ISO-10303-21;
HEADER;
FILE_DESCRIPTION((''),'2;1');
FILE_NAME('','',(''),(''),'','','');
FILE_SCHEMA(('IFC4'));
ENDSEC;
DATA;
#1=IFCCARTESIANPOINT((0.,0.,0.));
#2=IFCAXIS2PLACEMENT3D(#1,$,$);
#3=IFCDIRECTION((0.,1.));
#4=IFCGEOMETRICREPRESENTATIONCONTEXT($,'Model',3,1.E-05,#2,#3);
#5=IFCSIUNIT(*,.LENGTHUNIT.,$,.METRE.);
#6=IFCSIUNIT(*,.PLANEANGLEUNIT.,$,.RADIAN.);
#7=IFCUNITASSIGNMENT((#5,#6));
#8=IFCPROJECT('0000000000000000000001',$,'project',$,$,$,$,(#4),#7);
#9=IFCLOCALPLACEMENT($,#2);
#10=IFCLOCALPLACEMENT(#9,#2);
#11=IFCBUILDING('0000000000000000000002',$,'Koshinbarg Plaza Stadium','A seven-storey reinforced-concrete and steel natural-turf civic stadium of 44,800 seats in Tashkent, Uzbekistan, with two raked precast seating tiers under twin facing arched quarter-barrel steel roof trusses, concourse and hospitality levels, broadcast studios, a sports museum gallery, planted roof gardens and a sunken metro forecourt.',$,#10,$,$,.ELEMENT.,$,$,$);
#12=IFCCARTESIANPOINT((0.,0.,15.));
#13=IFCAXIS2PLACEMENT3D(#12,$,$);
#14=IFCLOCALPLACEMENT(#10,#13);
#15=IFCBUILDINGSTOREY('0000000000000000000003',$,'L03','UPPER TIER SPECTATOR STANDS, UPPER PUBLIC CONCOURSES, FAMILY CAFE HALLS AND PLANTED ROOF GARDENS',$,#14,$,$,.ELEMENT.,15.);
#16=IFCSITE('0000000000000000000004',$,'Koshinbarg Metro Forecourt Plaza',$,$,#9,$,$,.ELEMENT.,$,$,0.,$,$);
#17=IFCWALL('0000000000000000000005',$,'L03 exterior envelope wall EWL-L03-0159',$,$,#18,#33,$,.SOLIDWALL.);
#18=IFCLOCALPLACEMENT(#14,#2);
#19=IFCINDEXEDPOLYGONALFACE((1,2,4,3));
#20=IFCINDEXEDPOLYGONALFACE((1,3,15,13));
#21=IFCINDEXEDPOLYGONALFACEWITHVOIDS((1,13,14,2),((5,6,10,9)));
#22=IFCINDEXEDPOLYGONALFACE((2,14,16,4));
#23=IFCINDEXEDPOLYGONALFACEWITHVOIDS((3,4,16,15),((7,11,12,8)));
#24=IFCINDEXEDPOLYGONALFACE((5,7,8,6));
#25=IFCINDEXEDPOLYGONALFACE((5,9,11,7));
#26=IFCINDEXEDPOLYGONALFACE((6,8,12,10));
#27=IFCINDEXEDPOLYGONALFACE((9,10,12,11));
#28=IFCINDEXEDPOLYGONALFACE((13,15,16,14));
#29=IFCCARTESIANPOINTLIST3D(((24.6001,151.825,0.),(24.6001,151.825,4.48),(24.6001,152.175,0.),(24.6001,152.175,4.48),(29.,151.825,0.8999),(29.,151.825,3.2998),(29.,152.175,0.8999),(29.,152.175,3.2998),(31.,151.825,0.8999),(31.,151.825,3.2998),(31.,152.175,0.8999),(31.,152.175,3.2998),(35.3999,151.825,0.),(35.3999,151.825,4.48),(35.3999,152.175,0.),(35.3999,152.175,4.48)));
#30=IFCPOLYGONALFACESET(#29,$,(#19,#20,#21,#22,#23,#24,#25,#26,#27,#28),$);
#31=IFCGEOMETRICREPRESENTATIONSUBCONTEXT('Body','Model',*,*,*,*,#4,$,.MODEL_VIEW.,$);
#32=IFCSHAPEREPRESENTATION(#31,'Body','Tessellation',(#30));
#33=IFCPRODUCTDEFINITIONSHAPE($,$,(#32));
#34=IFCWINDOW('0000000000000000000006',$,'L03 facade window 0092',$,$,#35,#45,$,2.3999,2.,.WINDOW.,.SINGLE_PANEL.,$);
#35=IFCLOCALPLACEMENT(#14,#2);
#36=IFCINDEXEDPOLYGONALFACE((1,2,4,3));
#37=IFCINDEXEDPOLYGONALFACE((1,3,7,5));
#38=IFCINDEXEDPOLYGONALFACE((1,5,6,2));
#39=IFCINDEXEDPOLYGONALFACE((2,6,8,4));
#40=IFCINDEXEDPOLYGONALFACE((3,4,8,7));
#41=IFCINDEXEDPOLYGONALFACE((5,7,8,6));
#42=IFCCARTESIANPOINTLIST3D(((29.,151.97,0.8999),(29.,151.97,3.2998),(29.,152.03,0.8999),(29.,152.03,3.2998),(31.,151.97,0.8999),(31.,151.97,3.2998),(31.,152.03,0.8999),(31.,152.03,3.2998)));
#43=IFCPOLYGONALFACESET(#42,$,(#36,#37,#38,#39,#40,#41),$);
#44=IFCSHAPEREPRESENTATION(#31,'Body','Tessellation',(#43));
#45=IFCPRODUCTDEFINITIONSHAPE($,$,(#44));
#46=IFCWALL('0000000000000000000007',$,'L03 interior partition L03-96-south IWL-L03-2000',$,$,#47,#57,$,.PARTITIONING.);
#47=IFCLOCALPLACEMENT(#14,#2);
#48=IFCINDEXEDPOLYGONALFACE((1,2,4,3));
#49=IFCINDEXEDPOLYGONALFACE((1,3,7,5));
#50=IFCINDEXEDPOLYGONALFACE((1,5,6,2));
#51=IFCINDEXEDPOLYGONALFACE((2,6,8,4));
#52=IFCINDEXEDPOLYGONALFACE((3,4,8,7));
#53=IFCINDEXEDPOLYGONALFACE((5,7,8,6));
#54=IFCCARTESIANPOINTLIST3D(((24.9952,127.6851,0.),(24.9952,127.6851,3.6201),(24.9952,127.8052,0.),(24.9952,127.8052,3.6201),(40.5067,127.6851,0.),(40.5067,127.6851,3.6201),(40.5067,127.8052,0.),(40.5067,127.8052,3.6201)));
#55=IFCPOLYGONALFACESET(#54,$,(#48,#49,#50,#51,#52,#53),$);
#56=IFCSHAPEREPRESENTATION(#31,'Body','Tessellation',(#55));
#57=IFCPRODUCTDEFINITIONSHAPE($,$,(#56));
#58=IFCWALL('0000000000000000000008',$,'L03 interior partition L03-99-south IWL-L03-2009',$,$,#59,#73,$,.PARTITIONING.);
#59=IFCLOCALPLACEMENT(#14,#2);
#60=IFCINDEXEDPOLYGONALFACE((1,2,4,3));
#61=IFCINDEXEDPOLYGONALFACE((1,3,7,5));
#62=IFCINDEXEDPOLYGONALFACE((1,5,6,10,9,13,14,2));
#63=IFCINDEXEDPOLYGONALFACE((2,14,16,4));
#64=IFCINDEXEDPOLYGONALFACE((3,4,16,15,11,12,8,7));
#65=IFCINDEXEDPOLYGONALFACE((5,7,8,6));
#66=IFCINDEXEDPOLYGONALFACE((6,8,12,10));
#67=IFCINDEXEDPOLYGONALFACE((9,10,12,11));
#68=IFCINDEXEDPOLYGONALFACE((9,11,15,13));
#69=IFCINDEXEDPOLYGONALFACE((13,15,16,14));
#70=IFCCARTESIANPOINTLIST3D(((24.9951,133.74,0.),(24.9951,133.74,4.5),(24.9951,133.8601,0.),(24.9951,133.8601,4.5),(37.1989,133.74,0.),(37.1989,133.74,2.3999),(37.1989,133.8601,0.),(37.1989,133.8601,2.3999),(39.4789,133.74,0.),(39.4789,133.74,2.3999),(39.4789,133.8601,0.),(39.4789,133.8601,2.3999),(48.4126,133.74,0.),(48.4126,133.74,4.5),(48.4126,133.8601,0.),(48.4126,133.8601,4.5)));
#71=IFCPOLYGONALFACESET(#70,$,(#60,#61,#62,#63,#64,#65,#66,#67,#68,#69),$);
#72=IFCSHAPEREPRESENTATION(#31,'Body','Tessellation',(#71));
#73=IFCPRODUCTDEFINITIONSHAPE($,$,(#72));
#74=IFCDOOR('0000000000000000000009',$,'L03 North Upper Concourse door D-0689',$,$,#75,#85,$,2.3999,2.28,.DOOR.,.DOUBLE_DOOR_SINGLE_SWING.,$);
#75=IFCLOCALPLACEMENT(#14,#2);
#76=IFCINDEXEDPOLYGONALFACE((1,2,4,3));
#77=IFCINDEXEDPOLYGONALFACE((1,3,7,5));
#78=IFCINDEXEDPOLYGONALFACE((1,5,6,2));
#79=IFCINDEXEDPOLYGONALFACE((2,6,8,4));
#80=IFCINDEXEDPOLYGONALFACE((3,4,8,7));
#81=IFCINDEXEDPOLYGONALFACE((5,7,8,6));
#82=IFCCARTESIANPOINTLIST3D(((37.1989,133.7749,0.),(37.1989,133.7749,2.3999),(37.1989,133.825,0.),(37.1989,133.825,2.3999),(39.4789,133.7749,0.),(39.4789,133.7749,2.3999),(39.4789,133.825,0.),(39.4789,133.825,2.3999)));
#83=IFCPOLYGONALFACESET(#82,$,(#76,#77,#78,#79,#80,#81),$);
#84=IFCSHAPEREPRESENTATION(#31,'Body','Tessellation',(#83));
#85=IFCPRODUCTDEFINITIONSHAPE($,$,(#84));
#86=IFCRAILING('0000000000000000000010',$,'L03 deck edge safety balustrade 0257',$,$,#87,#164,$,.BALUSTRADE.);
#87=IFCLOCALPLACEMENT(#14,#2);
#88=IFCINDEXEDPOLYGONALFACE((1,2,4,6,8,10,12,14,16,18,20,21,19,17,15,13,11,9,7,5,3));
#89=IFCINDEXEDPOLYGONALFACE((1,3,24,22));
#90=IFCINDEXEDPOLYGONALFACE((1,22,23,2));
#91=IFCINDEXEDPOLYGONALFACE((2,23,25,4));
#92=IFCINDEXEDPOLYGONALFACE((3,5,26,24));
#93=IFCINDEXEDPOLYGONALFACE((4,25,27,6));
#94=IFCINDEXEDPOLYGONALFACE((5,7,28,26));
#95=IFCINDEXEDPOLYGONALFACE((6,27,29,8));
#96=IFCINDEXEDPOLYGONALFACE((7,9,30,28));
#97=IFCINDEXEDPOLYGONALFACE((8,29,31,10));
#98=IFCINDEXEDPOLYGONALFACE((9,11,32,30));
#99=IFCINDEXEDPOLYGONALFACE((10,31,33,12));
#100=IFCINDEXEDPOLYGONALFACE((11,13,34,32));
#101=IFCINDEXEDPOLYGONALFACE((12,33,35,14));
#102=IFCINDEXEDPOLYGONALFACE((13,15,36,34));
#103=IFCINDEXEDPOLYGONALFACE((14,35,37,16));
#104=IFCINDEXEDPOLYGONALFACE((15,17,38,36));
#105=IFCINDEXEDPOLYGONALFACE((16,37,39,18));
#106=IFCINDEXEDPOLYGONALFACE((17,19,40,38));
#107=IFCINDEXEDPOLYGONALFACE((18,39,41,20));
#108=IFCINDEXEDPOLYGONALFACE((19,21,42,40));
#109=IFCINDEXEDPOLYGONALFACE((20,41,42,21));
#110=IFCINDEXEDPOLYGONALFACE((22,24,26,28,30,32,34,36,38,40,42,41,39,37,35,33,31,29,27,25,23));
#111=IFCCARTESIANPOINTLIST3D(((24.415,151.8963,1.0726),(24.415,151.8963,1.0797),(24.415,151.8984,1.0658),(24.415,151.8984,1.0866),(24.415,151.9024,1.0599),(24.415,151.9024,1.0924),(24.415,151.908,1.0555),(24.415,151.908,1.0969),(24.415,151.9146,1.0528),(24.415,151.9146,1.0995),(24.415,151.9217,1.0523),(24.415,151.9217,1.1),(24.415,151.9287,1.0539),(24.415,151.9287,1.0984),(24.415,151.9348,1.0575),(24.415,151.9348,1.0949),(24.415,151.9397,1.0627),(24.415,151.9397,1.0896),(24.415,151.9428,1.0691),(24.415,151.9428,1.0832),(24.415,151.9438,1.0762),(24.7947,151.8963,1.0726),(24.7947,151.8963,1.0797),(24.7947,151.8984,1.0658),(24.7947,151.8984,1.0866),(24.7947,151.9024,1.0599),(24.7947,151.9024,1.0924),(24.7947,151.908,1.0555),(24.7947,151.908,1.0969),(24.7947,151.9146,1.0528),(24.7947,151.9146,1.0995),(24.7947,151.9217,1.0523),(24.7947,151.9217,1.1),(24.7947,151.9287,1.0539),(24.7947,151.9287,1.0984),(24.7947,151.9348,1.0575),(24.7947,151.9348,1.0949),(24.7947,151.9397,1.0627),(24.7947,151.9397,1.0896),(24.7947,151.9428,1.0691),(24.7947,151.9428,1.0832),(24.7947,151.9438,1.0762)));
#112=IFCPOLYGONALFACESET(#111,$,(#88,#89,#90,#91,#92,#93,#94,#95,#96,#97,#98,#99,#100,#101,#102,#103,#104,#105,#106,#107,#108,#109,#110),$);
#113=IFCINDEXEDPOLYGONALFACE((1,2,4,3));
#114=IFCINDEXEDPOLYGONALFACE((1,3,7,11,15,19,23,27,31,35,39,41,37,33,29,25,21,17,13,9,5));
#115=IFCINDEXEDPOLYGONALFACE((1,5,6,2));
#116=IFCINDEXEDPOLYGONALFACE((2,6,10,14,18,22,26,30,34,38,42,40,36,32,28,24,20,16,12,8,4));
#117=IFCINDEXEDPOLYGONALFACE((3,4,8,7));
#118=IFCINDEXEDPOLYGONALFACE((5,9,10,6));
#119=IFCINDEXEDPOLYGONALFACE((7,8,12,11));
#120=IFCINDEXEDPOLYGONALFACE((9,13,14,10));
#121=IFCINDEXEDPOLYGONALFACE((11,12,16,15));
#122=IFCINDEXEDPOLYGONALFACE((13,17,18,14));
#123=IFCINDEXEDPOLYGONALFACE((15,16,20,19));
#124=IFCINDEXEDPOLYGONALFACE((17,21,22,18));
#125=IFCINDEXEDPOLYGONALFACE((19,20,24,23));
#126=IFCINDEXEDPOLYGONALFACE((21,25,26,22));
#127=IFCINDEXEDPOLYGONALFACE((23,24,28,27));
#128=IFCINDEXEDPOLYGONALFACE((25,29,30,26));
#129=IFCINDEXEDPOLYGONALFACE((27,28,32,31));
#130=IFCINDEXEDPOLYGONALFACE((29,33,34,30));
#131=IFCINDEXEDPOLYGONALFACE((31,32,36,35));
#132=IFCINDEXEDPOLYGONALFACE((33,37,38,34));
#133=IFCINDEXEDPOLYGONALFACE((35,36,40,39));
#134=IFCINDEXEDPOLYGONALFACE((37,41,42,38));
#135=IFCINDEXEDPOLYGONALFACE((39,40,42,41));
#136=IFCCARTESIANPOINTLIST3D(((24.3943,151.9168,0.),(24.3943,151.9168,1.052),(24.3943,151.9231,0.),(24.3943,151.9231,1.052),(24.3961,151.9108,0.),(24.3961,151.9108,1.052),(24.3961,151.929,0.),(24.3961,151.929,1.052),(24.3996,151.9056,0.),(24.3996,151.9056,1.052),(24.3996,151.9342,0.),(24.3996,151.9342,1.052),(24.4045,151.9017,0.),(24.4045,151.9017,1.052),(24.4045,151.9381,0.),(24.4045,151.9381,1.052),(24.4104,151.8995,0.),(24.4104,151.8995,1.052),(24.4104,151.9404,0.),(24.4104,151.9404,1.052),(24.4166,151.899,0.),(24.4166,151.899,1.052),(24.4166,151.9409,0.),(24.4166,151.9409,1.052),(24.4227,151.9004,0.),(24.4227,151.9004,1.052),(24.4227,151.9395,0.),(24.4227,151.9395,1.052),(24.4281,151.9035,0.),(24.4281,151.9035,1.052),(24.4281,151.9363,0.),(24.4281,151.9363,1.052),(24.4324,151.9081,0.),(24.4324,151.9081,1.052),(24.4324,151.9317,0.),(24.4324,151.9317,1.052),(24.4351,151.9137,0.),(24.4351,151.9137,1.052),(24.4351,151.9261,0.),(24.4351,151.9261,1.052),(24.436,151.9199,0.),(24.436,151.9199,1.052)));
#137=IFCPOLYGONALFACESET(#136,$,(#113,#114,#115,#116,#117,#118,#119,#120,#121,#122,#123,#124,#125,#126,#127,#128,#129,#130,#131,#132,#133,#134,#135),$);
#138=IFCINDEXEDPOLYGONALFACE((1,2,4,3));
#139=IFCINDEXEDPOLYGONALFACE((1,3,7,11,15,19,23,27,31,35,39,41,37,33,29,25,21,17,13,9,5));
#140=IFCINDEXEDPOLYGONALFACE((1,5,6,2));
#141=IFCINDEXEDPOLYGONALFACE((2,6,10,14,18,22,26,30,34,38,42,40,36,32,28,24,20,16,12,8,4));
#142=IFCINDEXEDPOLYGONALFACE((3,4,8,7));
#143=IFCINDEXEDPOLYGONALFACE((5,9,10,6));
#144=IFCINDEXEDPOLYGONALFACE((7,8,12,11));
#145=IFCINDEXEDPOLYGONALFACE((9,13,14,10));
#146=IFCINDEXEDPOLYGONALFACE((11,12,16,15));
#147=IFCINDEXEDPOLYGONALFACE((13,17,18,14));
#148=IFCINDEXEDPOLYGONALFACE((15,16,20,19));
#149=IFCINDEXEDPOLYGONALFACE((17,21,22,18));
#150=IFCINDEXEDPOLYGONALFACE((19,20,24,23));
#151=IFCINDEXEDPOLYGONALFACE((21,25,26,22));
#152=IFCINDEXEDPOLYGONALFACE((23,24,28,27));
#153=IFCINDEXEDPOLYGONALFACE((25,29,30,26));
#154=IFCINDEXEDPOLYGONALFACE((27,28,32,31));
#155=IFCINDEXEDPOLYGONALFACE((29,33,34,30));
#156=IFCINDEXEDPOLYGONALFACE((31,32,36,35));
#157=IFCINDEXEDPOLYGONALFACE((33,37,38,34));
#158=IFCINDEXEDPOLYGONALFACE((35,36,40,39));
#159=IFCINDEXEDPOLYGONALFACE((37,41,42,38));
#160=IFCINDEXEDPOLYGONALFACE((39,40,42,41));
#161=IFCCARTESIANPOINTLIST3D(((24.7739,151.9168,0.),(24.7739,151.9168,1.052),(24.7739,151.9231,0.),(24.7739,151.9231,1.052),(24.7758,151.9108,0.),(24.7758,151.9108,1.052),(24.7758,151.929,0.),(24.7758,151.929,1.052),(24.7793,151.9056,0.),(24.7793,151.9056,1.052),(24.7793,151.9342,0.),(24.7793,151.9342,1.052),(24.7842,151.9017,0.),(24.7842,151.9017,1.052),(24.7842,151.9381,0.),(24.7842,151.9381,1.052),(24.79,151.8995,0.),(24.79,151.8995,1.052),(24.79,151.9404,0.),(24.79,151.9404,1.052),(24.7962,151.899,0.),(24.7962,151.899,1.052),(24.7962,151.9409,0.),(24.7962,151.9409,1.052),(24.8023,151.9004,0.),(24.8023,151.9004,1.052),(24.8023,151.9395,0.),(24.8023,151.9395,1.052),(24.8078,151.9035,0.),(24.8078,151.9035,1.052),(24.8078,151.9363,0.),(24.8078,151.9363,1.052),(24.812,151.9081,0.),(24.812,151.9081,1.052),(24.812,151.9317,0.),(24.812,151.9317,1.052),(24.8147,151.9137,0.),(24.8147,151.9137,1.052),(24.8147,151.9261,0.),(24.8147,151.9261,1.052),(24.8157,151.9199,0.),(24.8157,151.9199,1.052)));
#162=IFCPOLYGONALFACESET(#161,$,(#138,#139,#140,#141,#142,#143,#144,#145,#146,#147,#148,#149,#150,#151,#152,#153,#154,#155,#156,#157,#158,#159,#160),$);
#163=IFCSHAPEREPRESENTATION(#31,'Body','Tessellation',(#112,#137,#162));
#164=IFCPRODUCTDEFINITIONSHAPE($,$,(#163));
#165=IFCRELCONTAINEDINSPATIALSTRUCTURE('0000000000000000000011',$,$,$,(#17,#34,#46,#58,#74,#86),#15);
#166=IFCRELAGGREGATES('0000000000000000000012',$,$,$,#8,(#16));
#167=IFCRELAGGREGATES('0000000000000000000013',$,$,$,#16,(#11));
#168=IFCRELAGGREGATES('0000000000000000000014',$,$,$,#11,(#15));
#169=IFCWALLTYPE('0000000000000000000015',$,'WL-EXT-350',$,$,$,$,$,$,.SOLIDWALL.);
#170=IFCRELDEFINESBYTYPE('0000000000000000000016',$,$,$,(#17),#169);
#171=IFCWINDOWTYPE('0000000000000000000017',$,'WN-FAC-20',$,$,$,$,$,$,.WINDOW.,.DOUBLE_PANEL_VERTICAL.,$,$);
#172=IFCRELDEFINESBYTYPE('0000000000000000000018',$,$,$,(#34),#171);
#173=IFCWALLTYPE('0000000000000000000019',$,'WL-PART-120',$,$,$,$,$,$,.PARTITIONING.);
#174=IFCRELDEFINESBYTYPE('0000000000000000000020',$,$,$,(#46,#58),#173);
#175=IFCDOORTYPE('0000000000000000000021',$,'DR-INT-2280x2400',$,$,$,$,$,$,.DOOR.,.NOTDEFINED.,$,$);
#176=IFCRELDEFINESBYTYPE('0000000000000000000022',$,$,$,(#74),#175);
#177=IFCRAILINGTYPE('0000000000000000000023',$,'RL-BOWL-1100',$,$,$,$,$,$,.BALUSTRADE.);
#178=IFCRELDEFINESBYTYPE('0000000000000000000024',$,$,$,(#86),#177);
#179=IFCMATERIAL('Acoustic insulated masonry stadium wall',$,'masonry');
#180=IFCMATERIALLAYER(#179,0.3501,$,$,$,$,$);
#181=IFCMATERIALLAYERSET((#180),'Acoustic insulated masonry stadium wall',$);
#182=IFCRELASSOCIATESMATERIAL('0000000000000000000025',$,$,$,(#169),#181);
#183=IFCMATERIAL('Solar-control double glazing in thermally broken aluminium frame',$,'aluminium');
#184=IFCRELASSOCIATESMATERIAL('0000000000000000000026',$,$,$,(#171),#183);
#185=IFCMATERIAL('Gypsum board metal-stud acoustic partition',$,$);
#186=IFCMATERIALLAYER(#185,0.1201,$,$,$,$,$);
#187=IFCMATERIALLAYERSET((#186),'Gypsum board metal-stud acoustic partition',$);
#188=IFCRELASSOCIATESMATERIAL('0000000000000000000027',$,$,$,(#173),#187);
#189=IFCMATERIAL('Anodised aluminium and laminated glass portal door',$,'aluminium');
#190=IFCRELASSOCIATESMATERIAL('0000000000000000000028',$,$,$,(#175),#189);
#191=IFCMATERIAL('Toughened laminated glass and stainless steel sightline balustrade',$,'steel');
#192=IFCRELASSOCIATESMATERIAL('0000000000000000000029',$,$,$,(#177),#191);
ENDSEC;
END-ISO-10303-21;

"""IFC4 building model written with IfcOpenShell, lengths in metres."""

from ifc_helpers import new_model, si_unit, direction, frame, frame_2d, origin, origin_2d, place, context, subcontext, project, spatial, rectangle, circle, extrude, material, layer, layer_set, type_object, element, fill, save


model = new_model("IFC4")

# Units and contexts
model_context = context("Model", 3, precision=1e-05, world=origin(), true_north=direction((0.0, 1.0)))
body_context = subcontext(model_context, "Body", "Model", "MODEL_VIEW")
ifc_project = project(units=[si_unit("LENGTHUNIT", "METRE"), si_unit("PLANEANGLEUNIT", "RADIAN")], contexts=[model_context])

# Site, building, storey
site_placement = place(None, origin())
site = spatial("IfcSite", under=ifc_project, at=site_placement, Name="Koshinbarg Metro Forecourt Plaza", CompositionType="ELEMENT", RefElevation=0.0)
building_placement = place(site_placement, origin())
building = spatial("IfcBuilding", under=site, at=building_placement, Name="Koshinbarg Plaza Stadium", Description="A seven-storey reinforced-concrete and steel natural-turf civic stadium of 44,800 seats in Tashkent, Uzbekistan, with two raked precast seating tiers under twin facing arched quarter-barrel steel roof trusses, concourse and hospitality levels, broadcast studios, a sports museum gallery, planted roof gardens and a sunken metro forecourt.", CompositionType="ELEMENT")
storey_placement = place(building_placement, frame((0.0, 0.0, 15.0)))
storey = spatial("IfcBuildingStorey", under=building, at=storey_placement, Name="L03", Description="UPPER TIER SPECTATOR STANDS, UPPER PUBLIC CONCOURSES, FAMILY CAFE HALLS AND PLANTED ROOF GARDENS", CompositionType="ELEMENT", Elevation=15.0)

# Wall, opening, window
ifc_material_1 = material(Name="Solar-control double glazing in thermally broken aluminium frame", Category="aluminium")
ifc_material_2 = material(Name="Acoustic insulated masonry stadium wall", Category="masonry")
ifc_layer_1 = layer(ifc_material_2, 0.3501)
ifc_layer_set_1 = layer_set([ifc_layer_1], Name="Acoustic insulated masonry stadium wall")
wall_type_1 = type_object("IfcWallType", Name="WL-EXT-350", PredefinedType="SOLIDWALL", material=ifc_layer_set_1)
wall_1_placement = place(storey_placement, frame((24.6001, 152.0, 0.0), z_axis=(0.0, 0.0, 1.0), x_axis=(1.0, 0.0, 0.0)))
wall_1 = element("IfcWall", 1, at=wall_1_placement, inside=storey, type_object=wall_type_1, Name="L03 exterior envelope wall EWL-L03-0159", PredefinedType="SOLIDWALL", context=body_context, shape_type="SweptSolid", body=[
    extrude(rectangle(XDim=10.7998, YDim=0.3501, at=frame_2d((5.3999, 0.0))), origin(), (0.0, 0.0, 1.0), 4.48),
])
opening_1_placement = place(wall_1_placement, frame((4.3999, 0.0, 0.8999)))
opening_1 = element("IfcOpeningElement", 2, at=opening_1_placement, cuts=wall_1, PredefinedType="OPENING", context=body_context, shape_type="SweptSolid", body=[
    extrude(rectangle(XDim=2.0, YDim=2.3999, at=frame_2d((1.0, 1.2))), frame((0.0, 0.1851, 0.0), z_axis=(0.0, -1.0, 0.0), x_axis=(1.0, 0.0, 0.0)), (0.0, 0.0, 1.0), 0.3701),
])
window_type_1 = type_object("IfcWindowType", Name="WN-FAC-20", PartitioningType="DOUBLE_PANEL_VERTICAL", PredefinedType="WINDOW", material=ifc_material_1)
window_1_placement = place(opening_1_placement, origin())
window_1 = element("IfcWindow", 3, at=window_1_placement, inside=storey, type_object=window_type_1, Name="L03 facade window 0092", OverallHeight=2.3999, OverallWidth=2.0, PartitioningType="SINGLE_PANEL", PredefinedType="WINDOW", context=body_context, shape_type="SweptSolid", body=[
    extrude(rectangle(XDim=2.0, YDim=2.3999, at=frame_2d((1.0, 1.2))), frame((0.0, 0.03, 0.0), z_axis=(0.0, -1.0, 0.0), x_axis=(1.0, 0.0, 0.0)), (0.0, 0.0, 1.0), 0.0601),
])
fill(opening_1, window_1)

# Wall
ifc_material_3 = material(Name="Gypsum board metal-stud acoustic partition")
ifc_layer_2 = layer(ifc_material_3, 0.1201)
ifc_layer_set_2 = layer_set([ifc_layer_2], Name="Gypsum board metal-stud acoustic partition")
wall_type_2 = type_object("IfcWallType", Name="WL-PART-120", PredefinedType="PARTITIONING", material=ifc_layer_set_2)
wall_2_placement = place(storey_placement, frame((24.9951, 127.7451, 0.0), z_axis=(0.0, 0.0, 1.0), x_axis=(1.0, 0.0, 0.0)))
element("IfcWall", 4, at=wall_2_placement, inside=storey, type_object=wall_type_2, Name="L03 interior partition L03-96-south IWL-L03-2000", PredefinedType="PARTITIONING", context=body_context, shape_type="SweptSolid", body=[
    extrude(rectangle(XDim=15.5115, YDim=0.1201, at=frame_2d((7.7559, 0.0))), origin(), (0.0, 0.0, 1.0), 3.6201),
])

# Wall, opening, door
wall_3_placement = place(storey_placement, frame((24.9951, 133.8, 0.0), z_axis=(0.0, 0.0, 1.0), x_axis=(1.0, 0.0, 0.0)))
wall_3 = element("IfcWall", 5, at=wall_3_placement, inside=storey, type_object=wall_type_2, Name="L03 interior partition L03-99-south IWL-L03-2009", PredefinedType="PARTITIONING", context=body_context, shape_type="SweptSolid", body=[
    extrude(rectangle(XDim=23.4175, YDim=0.1201, at=frame_2d((11.7087, 0.0))), origin(), (0.0, 0.0, 1.0), 4.5),
])
opening_2_placement = place(wall_3_placement, frame((12.2036, 0.0, 0.0)))
opening_2 = element("IfcOpeningElement", 6, at=opening_2_placement, cuts=wall_3, PredefinedType="OPENING", context=body_context, shape_type="SweptSolid", body=[
    extrude(rectangle(XDim=2.28, YDim=2.3999, at=frame_2d((1.1401, 1.2))), frame((0.0, 0.0701, 0.0), z_axis=(0.0, -1.0, 0.0), x_axis=(1.0, 0.0, 0.0)), (0.0, 0.0, 1.0), 0.1401),
])
ifc_material_4 = material(Name="Anodised aluminium and laminated glass portal door", Category="aluminium")
door_type = type_object("IfcDoorType", Name="DR-INT-2280x2400", OperationType="NOTDEFINED", PredefinedType="DOOR", material=ifc_material_4)
door_placement = place(opening_2_placement, origin())
door = element("IfcDoor", 7, at=door_placement, inside=storey, type_object=door_type, Name="L03 North Upper Concourse door D-0689", OperationType="DOUBLE_DOOR_SINGLE_SWING", OverallHeight=2.3999, OverallWidth=2.28, PredefinedType="DOOR", context=body_context, shape_type="SweptSolid", body=[
    extrude(rectangle(XDim=2.28, YDim=2.3999, at=frame_2d((1.1401, 1.2))), frame((0.0, 0.0249, 0.0), z_axis=(0.0, -1.0, 0.0), x_axis=(1.0, 0.0, 0.0)), (0.0, 0.0, 1.0), 0.05),
])
fill(opening_2, door)

# Railing
ifc_material_5 = material(Name="Toughened laminated glass and stainless steel sightline balustrade", Category="steel")
railing_type = type_object("IfcRailingType", Name="RL-BOWL-1100", PredefinedType="BALUSTRADE", material=ifc_material_5)
railing_placement = place(storey_placement, frame((24.415, 151.9199, 0.0)))
element("IfcRailing", 8, at=railing_placement, inside=storey, type_object=railing_type, Name="L03 deck edge safety balustrade 0257", PredefinedType="BALUSTRADE", context=body_context, shape_type="SweptSolid", body=[
    extrude(circle(Radius=0.0239, at=origin_2d()), frame((0.0, 0.0, 1.0762), z_axis=(1.0, 0.0, 0.0), x_axis=(0.0, 1.0, 0.0)), (0.0, 0.0, 1.0), 0.3796),
    extrude(circle(Radius=0.021, at=origin_2d()), origin(), (0.0, 0.0, 1.0), 1.052),
    extrude(circle(Radius=0.021, at=origin_2d()), frame((0.3796, 0.0, 0.0)), (0.0, 0.0, 1.0), 1.052),
])

save(model, "model.ifc")
